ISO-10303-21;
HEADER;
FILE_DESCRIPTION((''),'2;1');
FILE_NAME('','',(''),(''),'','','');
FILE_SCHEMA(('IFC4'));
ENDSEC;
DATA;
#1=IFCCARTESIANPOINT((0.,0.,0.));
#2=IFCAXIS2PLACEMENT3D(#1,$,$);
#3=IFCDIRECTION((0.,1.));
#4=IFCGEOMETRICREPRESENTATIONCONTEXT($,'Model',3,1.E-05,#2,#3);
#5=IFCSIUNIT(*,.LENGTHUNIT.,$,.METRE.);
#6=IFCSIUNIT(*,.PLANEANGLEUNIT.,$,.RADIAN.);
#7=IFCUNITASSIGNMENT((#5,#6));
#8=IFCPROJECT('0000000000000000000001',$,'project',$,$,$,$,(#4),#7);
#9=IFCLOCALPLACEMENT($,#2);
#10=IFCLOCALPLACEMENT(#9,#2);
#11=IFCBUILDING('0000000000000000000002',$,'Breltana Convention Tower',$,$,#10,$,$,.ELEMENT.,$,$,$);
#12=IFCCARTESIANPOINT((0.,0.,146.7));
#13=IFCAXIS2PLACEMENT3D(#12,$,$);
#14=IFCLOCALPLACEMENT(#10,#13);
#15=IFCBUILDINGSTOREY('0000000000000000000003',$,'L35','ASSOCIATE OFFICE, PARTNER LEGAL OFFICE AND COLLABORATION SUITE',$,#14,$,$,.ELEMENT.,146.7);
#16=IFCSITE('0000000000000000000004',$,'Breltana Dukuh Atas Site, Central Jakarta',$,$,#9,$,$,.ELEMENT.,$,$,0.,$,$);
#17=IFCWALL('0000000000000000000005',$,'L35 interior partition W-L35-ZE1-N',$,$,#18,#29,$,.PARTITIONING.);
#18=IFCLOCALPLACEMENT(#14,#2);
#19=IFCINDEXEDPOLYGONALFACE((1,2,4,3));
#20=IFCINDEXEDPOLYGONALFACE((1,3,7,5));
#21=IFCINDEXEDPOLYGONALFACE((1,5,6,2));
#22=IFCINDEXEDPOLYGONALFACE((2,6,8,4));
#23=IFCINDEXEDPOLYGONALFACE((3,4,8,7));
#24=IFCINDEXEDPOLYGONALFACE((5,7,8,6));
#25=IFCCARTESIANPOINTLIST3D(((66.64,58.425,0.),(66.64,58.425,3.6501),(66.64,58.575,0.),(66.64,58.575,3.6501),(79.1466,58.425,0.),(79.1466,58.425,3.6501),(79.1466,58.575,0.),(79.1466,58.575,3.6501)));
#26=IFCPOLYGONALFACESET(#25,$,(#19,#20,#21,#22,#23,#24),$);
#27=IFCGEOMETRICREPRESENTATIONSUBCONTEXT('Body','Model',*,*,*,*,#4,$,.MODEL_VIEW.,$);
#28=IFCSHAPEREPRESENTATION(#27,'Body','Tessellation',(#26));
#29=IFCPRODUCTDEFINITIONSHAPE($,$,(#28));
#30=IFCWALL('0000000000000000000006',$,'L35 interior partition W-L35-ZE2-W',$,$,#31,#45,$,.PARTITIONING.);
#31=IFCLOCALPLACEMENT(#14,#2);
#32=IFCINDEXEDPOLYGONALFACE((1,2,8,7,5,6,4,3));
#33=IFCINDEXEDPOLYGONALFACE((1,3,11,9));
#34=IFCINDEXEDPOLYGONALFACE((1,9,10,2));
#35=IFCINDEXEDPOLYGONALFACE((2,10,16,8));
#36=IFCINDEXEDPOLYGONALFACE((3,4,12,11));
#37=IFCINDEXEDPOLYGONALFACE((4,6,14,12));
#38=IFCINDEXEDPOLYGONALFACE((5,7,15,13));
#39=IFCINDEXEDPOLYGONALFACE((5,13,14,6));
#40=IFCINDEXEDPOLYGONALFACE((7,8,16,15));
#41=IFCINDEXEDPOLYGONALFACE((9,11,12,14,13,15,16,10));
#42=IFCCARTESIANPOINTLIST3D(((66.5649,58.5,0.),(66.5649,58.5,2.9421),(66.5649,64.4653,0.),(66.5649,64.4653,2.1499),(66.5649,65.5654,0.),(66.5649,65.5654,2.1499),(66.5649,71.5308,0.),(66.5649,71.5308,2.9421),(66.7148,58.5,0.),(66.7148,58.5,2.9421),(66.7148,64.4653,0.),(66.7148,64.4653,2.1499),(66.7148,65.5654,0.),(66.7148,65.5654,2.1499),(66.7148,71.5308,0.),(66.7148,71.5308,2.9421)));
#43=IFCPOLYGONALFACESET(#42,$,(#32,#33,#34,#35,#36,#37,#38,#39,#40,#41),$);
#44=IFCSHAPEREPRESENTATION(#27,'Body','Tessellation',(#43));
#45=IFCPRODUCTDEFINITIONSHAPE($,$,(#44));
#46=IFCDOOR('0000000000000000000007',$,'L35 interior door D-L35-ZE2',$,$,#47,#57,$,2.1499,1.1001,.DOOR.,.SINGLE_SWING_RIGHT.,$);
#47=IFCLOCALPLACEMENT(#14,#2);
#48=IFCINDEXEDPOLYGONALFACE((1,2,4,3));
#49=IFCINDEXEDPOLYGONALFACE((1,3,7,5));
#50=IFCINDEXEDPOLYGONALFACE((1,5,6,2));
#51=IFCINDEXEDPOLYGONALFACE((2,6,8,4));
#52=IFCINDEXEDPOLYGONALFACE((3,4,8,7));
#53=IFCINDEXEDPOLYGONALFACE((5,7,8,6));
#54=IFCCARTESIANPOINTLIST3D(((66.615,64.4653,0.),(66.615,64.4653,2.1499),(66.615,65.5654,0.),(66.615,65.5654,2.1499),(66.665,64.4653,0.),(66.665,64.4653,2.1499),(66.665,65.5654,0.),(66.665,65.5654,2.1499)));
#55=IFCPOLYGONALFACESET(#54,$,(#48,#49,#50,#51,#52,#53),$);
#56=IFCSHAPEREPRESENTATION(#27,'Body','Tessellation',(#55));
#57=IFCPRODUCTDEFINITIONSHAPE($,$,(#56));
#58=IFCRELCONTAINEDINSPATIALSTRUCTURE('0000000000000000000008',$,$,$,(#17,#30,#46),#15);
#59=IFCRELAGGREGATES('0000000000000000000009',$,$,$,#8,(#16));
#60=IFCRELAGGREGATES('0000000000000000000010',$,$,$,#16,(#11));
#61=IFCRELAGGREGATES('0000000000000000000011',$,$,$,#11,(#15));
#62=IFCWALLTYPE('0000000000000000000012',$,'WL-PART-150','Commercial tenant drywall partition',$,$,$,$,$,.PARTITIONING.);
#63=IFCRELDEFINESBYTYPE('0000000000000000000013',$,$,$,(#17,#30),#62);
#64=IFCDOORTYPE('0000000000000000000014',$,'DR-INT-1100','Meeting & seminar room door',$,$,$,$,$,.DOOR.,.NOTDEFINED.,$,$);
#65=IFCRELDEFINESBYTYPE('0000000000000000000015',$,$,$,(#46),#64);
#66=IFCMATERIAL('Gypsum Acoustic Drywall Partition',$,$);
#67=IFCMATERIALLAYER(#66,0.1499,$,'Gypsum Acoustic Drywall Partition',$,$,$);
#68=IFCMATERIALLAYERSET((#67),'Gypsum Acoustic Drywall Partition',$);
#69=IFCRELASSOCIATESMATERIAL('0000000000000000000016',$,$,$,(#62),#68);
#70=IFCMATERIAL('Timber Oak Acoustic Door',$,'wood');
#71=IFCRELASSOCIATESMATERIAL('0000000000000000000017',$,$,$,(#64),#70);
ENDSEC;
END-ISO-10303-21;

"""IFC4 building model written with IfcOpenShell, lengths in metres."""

from ifc_helpers import new_model, si_unit, direction, frame, frame_2d, origin, place, context, subcontext, project, spatial, rectangle, extrude, source, transform, mapped, material, layer, layer_set, type_object, type_shapes, element, fill, save


model = new_model("IFC4")

# Units and contexts
model_context = context("Model", 3, precision=1e-05, world=origin(), true_north=direction((0.0, 1.0)))
body_context = subcontext(model_context, "Body", "Model", "MODEL_VIEW")
ifc_project = project(units=[si_unit("LENGTHUNIT", "METRE"), si_unit("PLANEANGLEUNIT", "RADIAN")], contexts=[model_context])

# Site, building, storey
site_placement = place(None, origin())
site = spatial("IfcSite", under=ifc_project, at=site_placement, Name="Breltana Dukuh Atas Site, Central Jakarta", CompositionType="ELEMENT", RefElevation=0.0)
building_placement = place(site_placement, origin())
building = spatial("IfcBuilding", under=site, at=building_placement, Name="Breltana Convention Tower", CompositionType="ELEMENT")
storey_placement = place(building_placement, frame((0.0, 0.0, 146.7)))
storey = spatial("IfcBuildingStorey", under=building, at=storey_placement, Name="L35", Description="ASSOCIATE OFFICE, PARTNER LEGAL OFFICE AND COLLABORATION SUITE", CompositionType="ELEMENT", Elevation=146.7)

# Wall
ifc_material_1 = material(Name="Gypsum Acoustic Drywall Partition")
ifc_layer_1 = layer(ifc_material_1, 0.1499, Name="Gypsum Acoustic Drywall Partition")
ifc_layer_set_1 = layer_set([ifc_layer_1], Name="Gypsum Acoustic Drywall Partition")
wall_type_1 = type_object("IfcWallType", Name="WL-PART-150", Description="Commercial tenant drywall partition", PredefinedType="PARTITIONING", material=ifc_layer_set_1)
shared_shape_1 = source(origin(), body_context, "Body", "SweptSolid", [
    extrude(rectangle(XDim=12.5066, YDim=0.1499, at=frame_2d((6.2534, 0.0))), origin(), (0.0, 0.0, 1.0), 3.6501),
])
wall_1_placement = place(storey_placement, frame((66.6399, 58.5, 0.0), z_axis=(0.0, 0.0, 1.0), x_axis=(1.0, 0.0, 0.0)))
element("IfcWall", 1, at=wall_1_placement, inside=storey, type_object=wall_type_1, Name="L35 interior partition W-L35-ZE1-N", PredefinedType="PARTITIONING", context=body_context, shape_type="MappedRepresentation", body=[
    mapped(shared_shape_1, transform((0.0, 0.0, 0.0), scale=1.0)),
])

# Wall, opening, door
shared_shape_2 = source(origin(), body_context, "Body", "SweptSolid", [
    extrude(rectangle(XDim=13.0308, YDim=0.1499, at=frame_2d((6.5154, 0.0))), origin(), (0.0, 0.0, 1.0), 2.9421),
])
wall_2_placement = place(storey_placement, frame((66.6399, 58.5, 0.0), z_axis=(0.0, 0.0, 1.0), x_axis=(0.0, 1.0, 0.0)))
wall_2 = element("IfcWall", 2, at=wall_2_placement, inside=storey, type_object=wall_type_1, Name="L35 interior partition W-L35-ZE2-W", PredefinedType="PARTITIONING", context=body_context, shape_type="MappedRepresentation", body=[
    mapped(shared_shape_2, transform((0.0, 0.0, 0.0), scale=1.0)),
])
opening_1_placement = place(wall_2_placement, frame((5.9653, 0.0, 0.0)))
opening_1 = element("IfcOpeningElement", 3, at=opening_1_placement, cuts=wall_2, PredefinedType="OPENING", context=body_context, shape_type="SweptSolid", body=[
    extrude(rectangle(XDim=1.1001, YDim=2.1499, at=frame_2d((0.55, 1.075))), frame((0.0, 0.085, 0.0), z_axis=(0.0, -1.0, 0.0), x_axis=(1.0, 0.0, 0.0)), (0.0, 0.0, 1.0), 0.1699),
])
ifc_material_2 = material(Name="Timber Oak Acoustic Door", Category="wood")
door_type = type_object("IfcDoorType", Name="DR-INT-1100", Description="Meeting & seminar room door", OperationType="NOTDEFINED", PredefinedType="DOOR", material=ifc_material_2)
shared_shape_3 = source(origin(), body_context, "Body", "SweptSolid", [
    extrude(rectangle(XDim=1.1001, YDim=2.1499, at=frame_2d((0.55, 1.075))), frame((0.0, 0.0249, 0.0), z_axis=(0.0, -1.0, 0.0), x_axis=(1.0, 0.0, 0.0)), (0.0, 0.0, 1.0), 0.05),
])
type_shapes(door_type, [shared_shape_3])
door_placement = place(opening_1_placement, origin())
door = element("IfcDoor", 4, at=door_placement, inside=storey, type_object=door_type, Name="L35 interior door D-L35-ZE2", OperationType="SINGLE_SWING_RIGHT", OverallHeight=2.1499, OverallWidth=1.1001, PredefinedType="DOOR", context=body_context, shape_type="MappedRepresentation", body=[
    mapped(shared_shape_3, transform((0.0, 0.0, 0.0), scale=1.0)),
])
fill(opening_1, door)

save(model, "model.ifc")
